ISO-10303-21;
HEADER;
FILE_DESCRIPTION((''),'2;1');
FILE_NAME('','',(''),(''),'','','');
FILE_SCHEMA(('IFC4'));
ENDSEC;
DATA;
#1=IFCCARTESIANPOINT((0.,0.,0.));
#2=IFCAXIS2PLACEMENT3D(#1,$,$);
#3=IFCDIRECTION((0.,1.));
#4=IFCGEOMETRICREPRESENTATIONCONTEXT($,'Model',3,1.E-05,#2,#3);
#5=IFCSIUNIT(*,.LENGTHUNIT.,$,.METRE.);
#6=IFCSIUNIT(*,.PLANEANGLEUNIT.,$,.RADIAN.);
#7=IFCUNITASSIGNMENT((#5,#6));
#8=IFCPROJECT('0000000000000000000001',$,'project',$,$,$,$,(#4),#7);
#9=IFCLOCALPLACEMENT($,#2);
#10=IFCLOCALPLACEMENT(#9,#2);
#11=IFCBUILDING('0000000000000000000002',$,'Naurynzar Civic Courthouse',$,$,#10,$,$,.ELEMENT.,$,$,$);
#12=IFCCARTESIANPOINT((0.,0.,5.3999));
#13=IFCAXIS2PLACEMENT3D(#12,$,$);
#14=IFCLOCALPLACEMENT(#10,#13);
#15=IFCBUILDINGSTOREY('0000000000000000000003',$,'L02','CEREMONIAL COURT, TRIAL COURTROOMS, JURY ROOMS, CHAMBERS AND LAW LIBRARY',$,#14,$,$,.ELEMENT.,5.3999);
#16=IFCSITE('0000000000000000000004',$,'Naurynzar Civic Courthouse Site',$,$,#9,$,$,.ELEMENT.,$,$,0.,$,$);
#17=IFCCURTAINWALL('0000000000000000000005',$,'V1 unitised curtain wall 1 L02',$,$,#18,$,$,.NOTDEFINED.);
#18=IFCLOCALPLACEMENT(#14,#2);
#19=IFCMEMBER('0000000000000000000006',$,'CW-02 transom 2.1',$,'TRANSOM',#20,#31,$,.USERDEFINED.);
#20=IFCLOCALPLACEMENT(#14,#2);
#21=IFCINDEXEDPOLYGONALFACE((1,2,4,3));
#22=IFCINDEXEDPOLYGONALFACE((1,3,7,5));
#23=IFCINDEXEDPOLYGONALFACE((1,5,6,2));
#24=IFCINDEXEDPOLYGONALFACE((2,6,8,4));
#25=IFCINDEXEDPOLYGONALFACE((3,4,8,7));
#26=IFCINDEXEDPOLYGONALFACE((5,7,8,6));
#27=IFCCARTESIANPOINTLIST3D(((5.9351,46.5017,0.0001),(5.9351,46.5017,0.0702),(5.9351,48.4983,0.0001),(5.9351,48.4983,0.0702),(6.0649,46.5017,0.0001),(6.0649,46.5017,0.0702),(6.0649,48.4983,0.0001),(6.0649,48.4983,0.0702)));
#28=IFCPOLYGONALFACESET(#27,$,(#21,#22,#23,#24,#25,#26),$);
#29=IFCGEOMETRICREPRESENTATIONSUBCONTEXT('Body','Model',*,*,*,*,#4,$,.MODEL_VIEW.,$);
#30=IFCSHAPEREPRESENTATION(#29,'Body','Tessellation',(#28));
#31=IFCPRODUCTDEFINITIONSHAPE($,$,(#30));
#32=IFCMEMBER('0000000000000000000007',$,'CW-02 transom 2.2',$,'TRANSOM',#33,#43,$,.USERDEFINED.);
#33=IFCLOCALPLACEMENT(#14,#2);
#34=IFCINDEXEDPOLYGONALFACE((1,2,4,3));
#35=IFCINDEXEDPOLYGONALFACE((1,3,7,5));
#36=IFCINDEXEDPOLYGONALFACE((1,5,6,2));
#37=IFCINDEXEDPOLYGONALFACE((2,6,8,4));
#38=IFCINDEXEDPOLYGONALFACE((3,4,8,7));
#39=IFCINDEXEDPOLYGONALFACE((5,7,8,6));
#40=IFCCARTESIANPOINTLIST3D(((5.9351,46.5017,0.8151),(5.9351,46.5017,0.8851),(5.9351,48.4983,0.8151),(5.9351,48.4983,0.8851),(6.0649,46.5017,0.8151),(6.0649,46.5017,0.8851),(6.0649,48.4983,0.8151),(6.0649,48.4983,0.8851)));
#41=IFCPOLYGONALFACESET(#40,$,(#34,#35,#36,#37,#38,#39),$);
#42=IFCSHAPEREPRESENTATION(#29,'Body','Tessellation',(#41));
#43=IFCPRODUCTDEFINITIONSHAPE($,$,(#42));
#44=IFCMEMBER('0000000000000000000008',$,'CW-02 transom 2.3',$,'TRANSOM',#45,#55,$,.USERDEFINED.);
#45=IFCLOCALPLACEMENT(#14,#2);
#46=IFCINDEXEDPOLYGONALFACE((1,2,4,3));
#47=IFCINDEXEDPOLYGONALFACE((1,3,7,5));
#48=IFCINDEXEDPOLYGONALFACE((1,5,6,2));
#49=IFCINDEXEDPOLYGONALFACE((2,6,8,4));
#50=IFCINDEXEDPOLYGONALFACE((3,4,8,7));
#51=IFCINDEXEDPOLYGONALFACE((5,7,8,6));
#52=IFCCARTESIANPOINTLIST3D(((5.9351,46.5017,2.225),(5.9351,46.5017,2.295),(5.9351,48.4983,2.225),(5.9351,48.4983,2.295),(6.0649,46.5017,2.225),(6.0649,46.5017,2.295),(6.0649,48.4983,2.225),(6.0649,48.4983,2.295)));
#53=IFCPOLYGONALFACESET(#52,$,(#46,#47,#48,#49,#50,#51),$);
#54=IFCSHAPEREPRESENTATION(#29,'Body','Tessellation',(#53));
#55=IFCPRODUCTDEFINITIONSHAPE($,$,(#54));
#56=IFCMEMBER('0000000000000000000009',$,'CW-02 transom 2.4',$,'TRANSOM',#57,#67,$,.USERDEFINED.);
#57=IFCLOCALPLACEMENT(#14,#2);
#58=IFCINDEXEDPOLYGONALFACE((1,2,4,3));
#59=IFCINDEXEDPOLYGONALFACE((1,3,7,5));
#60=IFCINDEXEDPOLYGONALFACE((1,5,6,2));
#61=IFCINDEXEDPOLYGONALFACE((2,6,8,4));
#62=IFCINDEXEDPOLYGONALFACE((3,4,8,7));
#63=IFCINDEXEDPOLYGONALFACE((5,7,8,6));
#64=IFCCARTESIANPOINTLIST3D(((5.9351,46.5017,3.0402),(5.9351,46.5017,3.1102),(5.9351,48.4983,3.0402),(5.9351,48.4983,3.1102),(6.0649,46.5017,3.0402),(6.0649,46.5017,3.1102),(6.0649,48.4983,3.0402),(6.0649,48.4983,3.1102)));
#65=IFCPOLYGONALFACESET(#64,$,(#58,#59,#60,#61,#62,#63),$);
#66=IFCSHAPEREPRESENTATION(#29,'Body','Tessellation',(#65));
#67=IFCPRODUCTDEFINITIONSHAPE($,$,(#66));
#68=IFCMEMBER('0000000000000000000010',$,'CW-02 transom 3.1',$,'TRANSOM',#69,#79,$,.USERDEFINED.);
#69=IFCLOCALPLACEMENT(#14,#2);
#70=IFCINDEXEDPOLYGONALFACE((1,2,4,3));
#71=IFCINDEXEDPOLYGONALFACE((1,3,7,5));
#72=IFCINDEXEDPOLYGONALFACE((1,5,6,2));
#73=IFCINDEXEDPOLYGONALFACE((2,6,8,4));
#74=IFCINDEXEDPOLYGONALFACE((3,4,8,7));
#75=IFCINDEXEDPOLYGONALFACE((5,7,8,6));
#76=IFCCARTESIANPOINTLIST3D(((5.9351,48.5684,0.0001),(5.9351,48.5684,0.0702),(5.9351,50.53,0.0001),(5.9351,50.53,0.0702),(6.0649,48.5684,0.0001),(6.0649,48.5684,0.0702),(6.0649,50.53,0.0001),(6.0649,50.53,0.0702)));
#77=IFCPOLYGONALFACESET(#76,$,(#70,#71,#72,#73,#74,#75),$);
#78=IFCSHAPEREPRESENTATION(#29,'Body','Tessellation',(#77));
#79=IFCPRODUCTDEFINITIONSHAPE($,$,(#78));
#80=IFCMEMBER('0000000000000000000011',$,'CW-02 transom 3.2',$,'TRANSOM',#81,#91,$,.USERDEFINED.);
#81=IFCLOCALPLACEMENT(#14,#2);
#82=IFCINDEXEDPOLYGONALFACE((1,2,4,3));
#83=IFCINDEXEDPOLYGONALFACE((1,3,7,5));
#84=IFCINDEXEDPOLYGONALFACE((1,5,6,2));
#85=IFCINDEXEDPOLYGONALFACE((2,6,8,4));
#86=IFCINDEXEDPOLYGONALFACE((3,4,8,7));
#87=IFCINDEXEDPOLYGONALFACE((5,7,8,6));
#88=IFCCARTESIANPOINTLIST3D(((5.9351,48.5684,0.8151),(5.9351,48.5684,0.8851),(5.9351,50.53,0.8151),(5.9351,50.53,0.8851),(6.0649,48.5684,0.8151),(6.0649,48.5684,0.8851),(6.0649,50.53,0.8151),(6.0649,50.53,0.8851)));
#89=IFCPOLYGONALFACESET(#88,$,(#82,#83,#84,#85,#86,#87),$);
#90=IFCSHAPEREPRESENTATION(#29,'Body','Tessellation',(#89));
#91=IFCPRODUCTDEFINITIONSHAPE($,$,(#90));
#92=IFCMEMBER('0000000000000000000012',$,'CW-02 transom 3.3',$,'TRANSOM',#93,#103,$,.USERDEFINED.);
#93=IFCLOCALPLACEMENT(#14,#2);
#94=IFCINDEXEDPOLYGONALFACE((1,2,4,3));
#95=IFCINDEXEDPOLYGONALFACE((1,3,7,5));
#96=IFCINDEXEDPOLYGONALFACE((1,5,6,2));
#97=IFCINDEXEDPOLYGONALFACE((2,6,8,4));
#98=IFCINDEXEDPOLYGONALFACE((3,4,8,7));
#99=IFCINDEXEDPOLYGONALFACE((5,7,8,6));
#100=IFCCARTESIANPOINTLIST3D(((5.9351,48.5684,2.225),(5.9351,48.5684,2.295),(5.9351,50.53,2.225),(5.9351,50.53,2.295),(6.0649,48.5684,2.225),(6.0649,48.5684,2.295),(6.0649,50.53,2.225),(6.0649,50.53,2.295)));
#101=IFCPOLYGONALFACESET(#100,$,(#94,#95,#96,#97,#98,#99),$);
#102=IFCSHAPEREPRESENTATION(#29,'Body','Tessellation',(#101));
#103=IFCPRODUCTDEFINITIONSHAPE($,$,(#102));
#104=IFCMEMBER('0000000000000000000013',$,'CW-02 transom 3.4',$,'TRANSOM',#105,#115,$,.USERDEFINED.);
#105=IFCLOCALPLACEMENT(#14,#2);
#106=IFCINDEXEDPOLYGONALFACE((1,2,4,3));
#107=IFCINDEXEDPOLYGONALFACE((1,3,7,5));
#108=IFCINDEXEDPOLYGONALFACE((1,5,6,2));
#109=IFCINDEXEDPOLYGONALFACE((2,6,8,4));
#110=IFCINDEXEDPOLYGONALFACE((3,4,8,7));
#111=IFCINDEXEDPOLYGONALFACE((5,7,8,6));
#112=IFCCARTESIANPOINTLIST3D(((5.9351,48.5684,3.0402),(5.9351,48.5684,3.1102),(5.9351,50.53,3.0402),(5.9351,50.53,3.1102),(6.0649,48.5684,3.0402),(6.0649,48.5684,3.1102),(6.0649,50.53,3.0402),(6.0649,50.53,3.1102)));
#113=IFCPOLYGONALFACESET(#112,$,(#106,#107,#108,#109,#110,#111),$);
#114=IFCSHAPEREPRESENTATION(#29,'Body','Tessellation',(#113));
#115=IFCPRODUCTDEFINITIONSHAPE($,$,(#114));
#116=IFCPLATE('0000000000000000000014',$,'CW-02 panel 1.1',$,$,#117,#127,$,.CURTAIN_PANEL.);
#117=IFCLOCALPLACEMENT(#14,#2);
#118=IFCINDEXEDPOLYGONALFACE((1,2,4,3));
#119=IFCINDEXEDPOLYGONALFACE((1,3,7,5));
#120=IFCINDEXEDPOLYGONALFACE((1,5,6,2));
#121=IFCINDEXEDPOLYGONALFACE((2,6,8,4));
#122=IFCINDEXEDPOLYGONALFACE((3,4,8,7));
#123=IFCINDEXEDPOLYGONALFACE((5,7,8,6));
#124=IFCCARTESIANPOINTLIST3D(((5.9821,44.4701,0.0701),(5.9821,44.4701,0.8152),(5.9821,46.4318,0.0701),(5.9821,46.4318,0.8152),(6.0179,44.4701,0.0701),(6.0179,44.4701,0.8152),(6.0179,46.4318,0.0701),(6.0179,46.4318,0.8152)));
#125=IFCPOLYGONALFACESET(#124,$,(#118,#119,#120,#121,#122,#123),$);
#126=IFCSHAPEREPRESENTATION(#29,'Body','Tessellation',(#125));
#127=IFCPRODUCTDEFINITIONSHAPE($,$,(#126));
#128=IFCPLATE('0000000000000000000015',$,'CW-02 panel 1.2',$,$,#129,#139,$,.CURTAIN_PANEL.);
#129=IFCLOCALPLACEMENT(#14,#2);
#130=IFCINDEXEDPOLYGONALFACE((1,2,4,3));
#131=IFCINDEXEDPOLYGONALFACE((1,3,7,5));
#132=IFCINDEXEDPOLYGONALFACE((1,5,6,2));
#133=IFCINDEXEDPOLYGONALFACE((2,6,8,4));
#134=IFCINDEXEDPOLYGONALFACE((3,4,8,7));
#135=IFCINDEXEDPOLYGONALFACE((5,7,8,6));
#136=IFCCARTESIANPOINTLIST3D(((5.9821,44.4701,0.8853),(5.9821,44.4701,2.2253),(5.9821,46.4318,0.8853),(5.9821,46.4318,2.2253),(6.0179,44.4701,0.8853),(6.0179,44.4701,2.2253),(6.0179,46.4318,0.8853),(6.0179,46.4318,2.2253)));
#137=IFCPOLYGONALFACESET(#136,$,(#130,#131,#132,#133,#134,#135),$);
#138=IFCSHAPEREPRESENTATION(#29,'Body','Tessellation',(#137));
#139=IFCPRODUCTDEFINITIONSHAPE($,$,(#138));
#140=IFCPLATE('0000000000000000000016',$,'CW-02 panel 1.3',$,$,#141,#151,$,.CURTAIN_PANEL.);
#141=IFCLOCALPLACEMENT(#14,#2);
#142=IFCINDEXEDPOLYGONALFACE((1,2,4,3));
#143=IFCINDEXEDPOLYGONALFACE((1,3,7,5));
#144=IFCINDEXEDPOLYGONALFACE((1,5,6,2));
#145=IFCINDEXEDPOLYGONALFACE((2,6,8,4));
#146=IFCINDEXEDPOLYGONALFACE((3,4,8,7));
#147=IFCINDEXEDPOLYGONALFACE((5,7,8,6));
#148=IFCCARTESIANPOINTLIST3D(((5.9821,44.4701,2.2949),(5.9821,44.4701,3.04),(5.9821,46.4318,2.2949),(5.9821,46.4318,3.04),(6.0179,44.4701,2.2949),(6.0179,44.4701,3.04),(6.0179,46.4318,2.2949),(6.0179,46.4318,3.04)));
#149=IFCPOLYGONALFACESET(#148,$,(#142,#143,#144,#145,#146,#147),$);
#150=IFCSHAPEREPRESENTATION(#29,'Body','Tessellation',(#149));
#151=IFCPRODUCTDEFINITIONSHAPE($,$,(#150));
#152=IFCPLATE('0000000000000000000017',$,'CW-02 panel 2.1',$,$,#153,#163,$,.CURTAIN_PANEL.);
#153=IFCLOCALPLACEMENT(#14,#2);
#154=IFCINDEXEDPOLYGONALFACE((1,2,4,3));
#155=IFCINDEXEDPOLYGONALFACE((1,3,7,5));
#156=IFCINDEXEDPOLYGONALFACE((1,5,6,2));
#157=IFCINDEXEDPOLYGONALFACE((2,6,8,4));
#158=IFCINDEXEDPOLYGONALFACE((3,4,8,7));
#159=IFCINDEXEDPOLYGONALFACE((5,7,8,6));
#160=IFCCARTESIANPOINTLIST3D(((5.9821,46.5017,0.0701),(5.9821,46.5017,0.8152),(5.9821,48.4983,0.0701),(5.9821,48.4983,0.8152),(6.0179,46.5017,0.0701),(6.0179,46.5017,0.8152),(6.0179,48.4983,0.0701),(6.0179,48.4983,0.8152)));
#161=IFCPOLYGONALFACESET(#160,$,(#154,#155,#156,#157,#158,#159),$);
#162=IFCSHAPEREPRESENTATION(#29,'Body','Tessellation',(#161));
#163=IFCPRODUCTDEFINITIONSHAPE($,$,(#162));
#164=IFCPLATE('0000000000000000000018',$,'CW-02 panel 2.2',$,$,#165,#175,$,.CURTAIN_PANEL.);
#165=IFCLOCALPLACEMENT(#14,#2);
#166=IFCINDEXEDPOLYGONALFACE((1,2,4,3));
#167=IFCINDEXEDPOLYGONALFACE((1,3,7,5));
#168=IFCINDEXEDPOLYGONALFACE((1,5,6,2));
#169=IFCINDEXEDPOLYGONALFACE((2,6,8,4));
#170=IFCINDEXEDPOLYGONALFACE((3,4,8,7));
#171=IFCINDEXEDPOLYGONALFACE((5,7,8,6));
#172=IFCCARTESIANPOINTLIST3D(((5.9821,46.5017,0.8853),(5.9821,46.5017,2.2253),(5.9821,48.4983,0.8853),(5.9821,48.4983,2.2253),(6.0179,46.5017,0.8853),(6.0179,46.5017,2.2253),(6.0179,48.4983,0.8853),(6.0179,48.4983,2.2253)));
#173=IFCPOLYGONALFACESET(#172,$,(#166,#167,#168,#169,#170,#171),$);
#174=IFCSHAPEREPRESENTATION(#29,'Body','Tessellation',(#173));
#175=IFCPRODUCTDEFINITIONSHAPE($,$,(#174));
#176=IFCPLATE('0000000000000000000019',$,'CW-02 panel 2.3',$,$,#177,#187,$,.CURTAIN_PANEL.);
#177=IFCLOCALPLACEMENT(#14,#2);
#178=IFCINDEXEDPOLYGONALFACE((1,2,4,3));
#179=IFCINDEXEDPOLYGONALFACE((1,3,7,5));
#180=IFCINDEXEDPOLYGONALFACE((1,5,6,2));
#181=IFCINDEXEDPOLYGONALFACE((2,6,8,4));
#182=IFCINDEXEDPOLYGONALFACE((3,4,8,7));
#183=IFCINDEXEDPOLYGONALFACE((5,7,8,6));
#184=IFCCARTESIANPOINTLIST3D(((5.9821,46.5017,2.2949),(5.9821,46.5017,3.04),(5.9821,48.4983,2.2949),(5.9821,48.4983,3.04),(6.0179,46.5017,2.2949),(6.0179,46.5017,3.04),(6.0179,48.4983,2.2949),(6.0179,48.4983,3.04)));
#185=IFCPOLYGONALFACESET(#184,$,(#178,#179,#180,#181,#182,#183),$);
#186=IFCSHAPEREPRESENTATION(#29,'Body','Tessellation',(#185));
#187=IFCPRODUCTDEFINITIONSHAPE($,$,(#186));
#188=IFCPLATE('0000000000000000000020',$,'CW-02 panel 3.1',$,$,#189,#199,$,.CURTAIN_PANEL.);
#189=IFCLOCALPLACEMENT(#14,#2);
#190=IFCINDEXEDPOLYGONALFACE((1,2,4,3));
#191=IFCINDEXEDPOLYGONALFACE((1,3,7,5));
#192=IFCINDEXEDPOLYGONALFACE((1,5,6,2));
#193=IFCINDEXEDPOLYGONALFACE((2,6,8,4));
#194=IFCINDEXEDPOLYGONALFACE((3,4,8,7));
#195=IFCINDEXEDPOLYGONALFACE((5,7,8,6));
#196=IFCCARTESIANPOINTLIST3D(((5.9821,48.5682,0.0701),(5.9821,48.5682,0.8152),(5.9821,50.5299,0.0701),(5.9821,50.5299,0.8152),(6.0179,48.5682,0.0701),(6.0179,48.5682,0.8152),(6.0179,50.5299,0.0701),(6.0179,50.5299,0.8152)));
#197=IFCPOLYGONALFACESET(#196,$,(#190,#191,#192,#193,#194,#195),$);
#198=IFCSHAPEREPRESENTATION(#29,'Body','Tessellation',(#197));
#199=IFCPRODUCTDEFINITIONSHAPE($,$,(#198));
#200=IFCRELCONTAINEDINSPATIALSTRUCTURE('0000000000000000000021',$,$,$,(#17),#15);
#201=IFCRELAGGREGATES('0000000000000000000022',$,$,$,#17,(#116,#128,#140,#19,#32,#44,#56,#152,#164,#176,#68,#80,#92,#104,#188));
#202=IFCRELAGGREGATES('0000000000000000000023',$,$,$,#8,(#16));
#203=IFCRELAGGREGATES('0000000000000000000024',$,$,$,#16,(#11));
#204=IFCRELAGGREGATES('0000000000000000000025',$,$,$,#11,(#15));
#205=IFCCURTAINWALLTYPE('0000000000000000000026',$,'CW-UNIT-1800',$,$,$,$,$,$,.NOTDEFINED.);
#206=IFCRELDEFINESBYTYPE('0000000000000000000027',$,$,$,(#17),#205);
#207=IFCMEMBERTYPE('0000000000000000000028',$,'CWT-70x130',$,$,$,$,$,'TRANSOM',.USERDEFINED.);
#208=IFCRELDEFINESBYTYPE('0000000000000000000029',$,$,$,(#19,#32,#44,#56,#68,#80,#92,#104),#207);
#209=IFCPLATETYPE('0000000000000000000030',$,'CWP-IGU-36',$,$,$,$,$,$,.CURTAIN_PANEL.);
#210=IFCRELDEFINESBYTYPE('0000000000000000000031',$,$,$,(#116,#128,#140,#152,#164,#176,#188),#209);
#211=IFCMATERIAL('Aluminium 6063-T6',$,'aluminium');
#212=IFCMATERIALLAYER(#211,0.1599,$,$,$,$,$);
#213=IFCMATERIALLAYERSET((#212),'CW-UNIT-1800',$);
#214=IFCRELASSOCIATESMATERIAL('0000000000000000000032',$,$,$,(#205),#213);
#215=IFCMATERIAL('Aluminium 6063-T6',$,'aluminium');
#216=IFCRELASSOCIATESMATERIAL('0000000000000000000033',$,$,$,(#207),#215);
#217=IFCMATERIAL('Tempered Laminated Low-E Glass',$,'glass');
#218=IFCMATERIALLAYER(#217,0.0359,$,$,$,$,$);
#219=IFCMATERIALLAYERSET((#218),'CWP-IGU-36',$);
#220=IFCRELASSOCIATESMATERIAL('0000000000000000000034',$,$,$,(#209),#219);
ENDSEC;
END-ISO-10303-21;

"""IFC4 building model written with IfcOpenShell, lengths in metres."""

from ifc_helpers import new_model, si_unit, direction, frame, origin, origin_2d, place, context, subcontext, project, spatial, rectangle, extrude, material, layer, layer_set, material_profile, profile_set, type_object, element, aggregate, save


model = new_model("IFC4")

# Units and contexts
model_context = context("Model", 3, precision=1e-05, world=origin(), true_north=direction((0.0, 1.0)))
body_context = subcontext(model_context, "Body", "Model", "MODEL_VIEW")
ifc_project = project(units=[si_unit("LENGTHUNIT", "METRE"), si_unit("PLANEANGLEUNIT", "RADIAN")], contexts=[model_context])

# Site, building, storey
site_placement = place(None, origin())
site = spatial("IfcSite", under=ifc_project, at=site_placement, Name="Naurynzar Civic Courthouse Site", CompositionType="ELEMENT", RefElevation=0.0)
building_placement = place(site_placement, origin())
building = spatial("IfcBuilding", under=site, at=building_placement, Name="Naurynzar Civic Courthouse", CompositionType="ELEMENT")
storey_placement = place(building_placement, frame((0.0, 0.0, 5.3999)))
storey = spatial("IfcBuildingStorey", under=building, at=storey_placement, Name="L02", Description="CEREMONIAL COURT, TRIAL COURTROOMS, JURY ROOMS, CHAMBERS AND LAW LIBRARY", CompositionType="ELEMENT", Elevation=5.3999)

# Curtain wall
ifc_material_1 = material(Name="Aluminium 6063-T6", Category="aluminium")
ifc_layer_1 = layer(ifc_material_1, 0.1599)
ifc_layer_set_1 = layer_set([ifc_layer_1], Name="CW-UNIT-1800")
curtain_wall_type = type_object("IfcCurtainWallType", Name="CW-UNIT-1800", PredefinedType="NOTDEFINED", material=ifc_layer_set_1)
curtain_wall_1_placement = place(storey_placement, origin())
curtain_wall_1 = element("IfcCurtainWall", 1, at=curtain_wall_1_placement, inside=storey, type_object=curtain_wall_type, Name="V1 unitised curtain wall 1 L02", PredefinedType="NOTDEFINED")

# Members
ifc_material_2 = material(Name="Aluminium 6063-T6", Category="aluminium")
ifc_material_profile_1 = material_profile(ifc_material_2, rectangle(XDim=0.1299, YDim=0.0701, at=origin_2d()), Name="ALU TRANSOM 70x130")
ifc_profile_set_1 = profile_set([ifc_material_profile_1], Name="Aluminium 6063-T6")
member_type_1 = type_object("IfcMemberType", Name="CWT-70x130", ElementType="TRANSOM", PredefinedType="USERDEFINED", material=ifc_profile_set_1)
member_1_placement = place(storey_placement, frame((6.0, 46.5017, 0.0352), z_axis=(0.0, 1.0, 0.0), x_axis=(-1.0, 0.0, 0.0)))
member_1 = element("IfcMember", 2, at=member_1_placement, type_object=member_type_1, Name="CW-02 transom 2.1", ObjectType="TRANSOM", PredefinedType="USERDEFINED", context=body_context, shape_type="SweptSolid", body=[
    extrude(rectangle(XDim=0.1299, YDim=0.0701, at=origin_2d()), origin(), (0.0, 0.0, 1.0), 1.9966),
])
member_2_placement = place(storey_placement, frame((6.0, 46.5017, 0.8501), z_axis=(0.0, 1.0, 0.0), x_axis=(-1.0, 0.0, 0.0)))
member_2 = element("IfcMember", 3, at=member_2_placement, type_object=member_type_1, Name="CW-02 transom 2.2", ObjectType="TRANSOM", PredefinedType="USERDEFINED", context=body_context, shape_type="SweptSolid", body=[
    extrude(rectangle(XDim=0.1299, YDim=0.0701, at=origin_2d()), origin(), (0.0, 0.0, 1.0), 1.9966),
])
member_3_placement = place(storey_placement, frame((6.0, 46.5017, 2.26), z_axis=(0.0, 1.0, 0.0), x_axis=(-1.0, 0.0, 0.0)))
member_3 = element("IfcMember", 4, at=member_3_placement, type_object=member_type_1, Name="CW-02 transom 2.3", ObjectType="TRANSOM", PredefinedType="USERDEFINED", context=body_context, shape_type="SweptSolid", body=[
    extrude(rectangle(XDim=0.1299, YDim=0.0701, at=origin_2d()), origin(), (0.0, 0.0, 1.0), 1.9966),
])
member_4_placement = place(storey_placement, frame((6.0, 46.5017, 3.0752), z_axis=(0.0, 1.0, 0.0), x_axis=(-1.0, 0.0, 0.0)))
member_4 = element("IfcMember", 5, at=member_4_placement, type_object=member_type_1, Name="CW-02 transom 2.4", ObjectType="TRANSOM", PredefinedType="USERDEFINED", context=body_context, shape_type="SweptSolid", body=[
    extrude(rectangle(XDim=0.1299, YDim=0.0701, at=origin_2d()), origin(), (0.0, 0.0, 1.0), 1.9966),
])
member_5_placement = place(storey_placement, frame((6.0, 48.5684, 0.0352), z_axis=(0.0, 1.0, 0.0), x_axis=(-1.0, 0.0, 0.0)))
member_5 = element("IfcMember", 6, at=member_5_placement, type_object=member_type_1, Name="CW-02 transom 3.1", ObjectType="TRANSOM", PredefinedType="USERDEFINED", context=body_context, shape_type="SweptSolid", body=[
    extrude(rectangle(XDim=0.1299, YDim=0.0701, at=origin_2d()), origin(), (0.0, 0.0, 1.0), 1.9617),
])
member_6_placement = place(storey_placement, frame((6.0, 48.5684, 0.8501), z_axis=(0.0, 1.0, 0.0), x_axis=(-1.0, 0.0, 0.0)))
member_6 = element("IfcMember", 7, at=member_6_placement, type_object=member_type_1, Name="CW-02 transom 3.2", ObjectType="TRANSOM", PredefinedType="USERDEFINED", context=body_context, shape_type="SweptSolid", body=[
    extrude(rectangle(XDim=0.1299, YDim=0.0701, at=origin_2d()), origin(), (0.0, 0.0, 1.0), 1.9617),
])
member_7_placement = place(storey_placement, frame((6.0, 48.5684, 2.26), z_axis=(0.0, 1.0, 0.0), x_axis=(-1.0, 0.0, 0.0)))
member_7 = element("IfcMember", 8, at=member_7_placement, type_object=member_type_1, Name="CW-02 transom 3.3", ObjectType="TRANSOM", PredefinedType="USERDEFINED", context=body_context, shape_type="SweptSolid", body=[
    extrude(rectangle(XDim=0.1299, YDim=0.0701, at=origin_2d()), origin(), (0.0, 0.0, 1.0), 1.9617),
])
member_8_placement = place(storey_placement, frame((6.0, 48.5684, 3.0752), z_axis=(0.0, 1.0, 0.0), x_axis=(-1.0, 0.0, 0.0)))
member_8 = element("IfcMember", 9, at=member_8_placement, type_object=member_type_1, Name="CW-02 transom 3.4", ObjectType="TRANSOM", PredefinedType="USERDEFINED", context=body_context, shape_type="SweptSolid", body=[
    extrude(rectangle(XDim=0.1299, YDim=0.0701, at=origin_2d()), origin(), (0.0, 0.0, 1.0), 1.9617),
])

# Plates
ifc_material_3 = material(Name="Tempered Laminated Low-E Glass", Category="glass")
ifc_layer_2 = layer(ifc_material_3, 0.0359)
ifc_layer_set_2 = layer_set([ifc_layer_2], Name="CWP-IGU-36")
plate_type = type_object("IfcPlateType", Name="CWP-IGU-36", PredefinedType="CURTAIN_PANEL", material=ifc_layer_set_2)
plate_1_placement = place(storey_placement, frame((6.0, 45.4509, 0.0701), z_axis=(0.0, 0.0, 1.0), x_axis=(0.0, 1.0, 0.0)))
plate_1 = element("IfcPlate", 10, at=plate_1_placement, type_object=plate_type, Name="CW-02 panel 1.1", PredefinedType="CURTAIN_PANEL", context=body_context, shape_type="SweptSolid", body=[
    extrude(rectangle(XDim=1.9617, YDim=0.0359, at=origin_2d()), origin(), (0.0, 0.0, 1.0), 0.7451),
])
plate_2_placement = place(storey_placement, frame((6.0, 45.4509, 0.8853), z_axis=(0.0, 0.0, 1.0), x_axis=(0.0, 1.0, 0.0)))
plate_2 = element("IfcPlate", 11, at=plate_2_placement, type_object=plate_type, Name="CW-02 panel 1.2", PredefinedType="CURTAIN_PANEL", context=body_context, shape_type="SweptSolid", body=[
    extrude(rectangle(XDim=1.9617, YDim=0.0359, at=origin_2d()), origin(), (0.0, 0.0, 1.0), 1.3401),
])
plate_3_placement = place(storey_placement, frame((6.0, 45.4509, 2.2949), z_axis=(0.0, 0.0, 1.0), x_axis=(0.0, 1.0, 0.0)))
plate_3 = element("IfcPlate", 12, at=plate_3_placement, type_object=plate_type, Name="CW-02 panel 1.3", PredefinedType="CURTAIN_PANEL", context=body_context, shape_type="SweptSolid", body=[
    extrude(rectangle(XDim=1.9617, YDim=0.0359, at=origin_2d()), origin(), (0.0, 0.0, 1.0), 0.7451),
])
plate_4_placement = place(storey_placement, frame((6.0, 47.5, 0.0701), z_axis=(0.0, 0.0, 1.0), x_axis=(0.0, 1.0, 0.0)))
plate_4 = element("IfcPlate", 13, at=plate_4_placement, type_object=plate_type, Name="CW-02 panel 2.1", PredefinedType="CURTAIN_PANEL", context=body_context, shape_type="SweptSolid", body=[
    extrude(rectangle(XDim=1.9966, YDim=0.0359, at=origin_2d()), origin(), (0.0, 0.0, 1.0), 0.7451),
])
plate_5_placement = place(storey_placement, frame((6.0, 47.5, 0.8853), z_axis=(0.0, 0.0, 1.0), x_axis=(0.0, 1.0, 0.0)))
plate_5 = element("IfcPlate", 14, at=plate_5_placement, type_object=plate_type, Name="CW-02 panel 2.2", PredefinedType="CURTAIN_PANEL", context=body_context, shape_type="SweptSolid", body=[
    extrude(rectangle(XDim=1.9966, YDim=0.0359, at=origin_2d()), origin(), (0.0, 0.0, 1.0), 1.3401),
])
plate_6_placement = place(storey_placement, frame((6.0, 47.5, 2.2949), z_axis=(0.0, 0.0, 1.0), x_axis=(0.0, 1.0, 0.0)))
plate_6 = element("IfcPlate", 15, at=plate_6_placement, type_object=plate_type, Name="CW-02 panel 2.3", PredefinedType="CURTAIN_PANEL", context=body_context, shape_type="SweptSolid", body=[
    extrude(rectangle(XDim=1.9966, YDim=0.0359, at=origin_2d()), origin(), (0.0, 0.0, 1.0), 0.7451),
])
plate_7_placement = place(storey_placement, frame((6.0, 49.5491, 0.0701), z_axis=(0.0, 0.0, 1.0), x_axis=(0.0, 1.0, 0.0)))
plate_7 = element("IfcPlate", 16, at=plate_7_placement, type_object=plate_type, Name="CW-02 panel 3.1", PredefinedType="CURTAIN_PANEL", context=body_context, shape_type="SweptSolid", body=[
    extrude(rectangle(XDim=1.9617, YDim=0.0359, at=origin_2d()), origin(), (0.0, 0.0, 1.0), 0.7451),
])
aggregate(curtain_wall_1, [plate_1, plate_2, plate_3, member_1, member_2, member_3, member_4, plate_4, plate_5, plate_6, member_5, member_6, member_7, member_8, plate_7])

save(model, "model.ifc")
